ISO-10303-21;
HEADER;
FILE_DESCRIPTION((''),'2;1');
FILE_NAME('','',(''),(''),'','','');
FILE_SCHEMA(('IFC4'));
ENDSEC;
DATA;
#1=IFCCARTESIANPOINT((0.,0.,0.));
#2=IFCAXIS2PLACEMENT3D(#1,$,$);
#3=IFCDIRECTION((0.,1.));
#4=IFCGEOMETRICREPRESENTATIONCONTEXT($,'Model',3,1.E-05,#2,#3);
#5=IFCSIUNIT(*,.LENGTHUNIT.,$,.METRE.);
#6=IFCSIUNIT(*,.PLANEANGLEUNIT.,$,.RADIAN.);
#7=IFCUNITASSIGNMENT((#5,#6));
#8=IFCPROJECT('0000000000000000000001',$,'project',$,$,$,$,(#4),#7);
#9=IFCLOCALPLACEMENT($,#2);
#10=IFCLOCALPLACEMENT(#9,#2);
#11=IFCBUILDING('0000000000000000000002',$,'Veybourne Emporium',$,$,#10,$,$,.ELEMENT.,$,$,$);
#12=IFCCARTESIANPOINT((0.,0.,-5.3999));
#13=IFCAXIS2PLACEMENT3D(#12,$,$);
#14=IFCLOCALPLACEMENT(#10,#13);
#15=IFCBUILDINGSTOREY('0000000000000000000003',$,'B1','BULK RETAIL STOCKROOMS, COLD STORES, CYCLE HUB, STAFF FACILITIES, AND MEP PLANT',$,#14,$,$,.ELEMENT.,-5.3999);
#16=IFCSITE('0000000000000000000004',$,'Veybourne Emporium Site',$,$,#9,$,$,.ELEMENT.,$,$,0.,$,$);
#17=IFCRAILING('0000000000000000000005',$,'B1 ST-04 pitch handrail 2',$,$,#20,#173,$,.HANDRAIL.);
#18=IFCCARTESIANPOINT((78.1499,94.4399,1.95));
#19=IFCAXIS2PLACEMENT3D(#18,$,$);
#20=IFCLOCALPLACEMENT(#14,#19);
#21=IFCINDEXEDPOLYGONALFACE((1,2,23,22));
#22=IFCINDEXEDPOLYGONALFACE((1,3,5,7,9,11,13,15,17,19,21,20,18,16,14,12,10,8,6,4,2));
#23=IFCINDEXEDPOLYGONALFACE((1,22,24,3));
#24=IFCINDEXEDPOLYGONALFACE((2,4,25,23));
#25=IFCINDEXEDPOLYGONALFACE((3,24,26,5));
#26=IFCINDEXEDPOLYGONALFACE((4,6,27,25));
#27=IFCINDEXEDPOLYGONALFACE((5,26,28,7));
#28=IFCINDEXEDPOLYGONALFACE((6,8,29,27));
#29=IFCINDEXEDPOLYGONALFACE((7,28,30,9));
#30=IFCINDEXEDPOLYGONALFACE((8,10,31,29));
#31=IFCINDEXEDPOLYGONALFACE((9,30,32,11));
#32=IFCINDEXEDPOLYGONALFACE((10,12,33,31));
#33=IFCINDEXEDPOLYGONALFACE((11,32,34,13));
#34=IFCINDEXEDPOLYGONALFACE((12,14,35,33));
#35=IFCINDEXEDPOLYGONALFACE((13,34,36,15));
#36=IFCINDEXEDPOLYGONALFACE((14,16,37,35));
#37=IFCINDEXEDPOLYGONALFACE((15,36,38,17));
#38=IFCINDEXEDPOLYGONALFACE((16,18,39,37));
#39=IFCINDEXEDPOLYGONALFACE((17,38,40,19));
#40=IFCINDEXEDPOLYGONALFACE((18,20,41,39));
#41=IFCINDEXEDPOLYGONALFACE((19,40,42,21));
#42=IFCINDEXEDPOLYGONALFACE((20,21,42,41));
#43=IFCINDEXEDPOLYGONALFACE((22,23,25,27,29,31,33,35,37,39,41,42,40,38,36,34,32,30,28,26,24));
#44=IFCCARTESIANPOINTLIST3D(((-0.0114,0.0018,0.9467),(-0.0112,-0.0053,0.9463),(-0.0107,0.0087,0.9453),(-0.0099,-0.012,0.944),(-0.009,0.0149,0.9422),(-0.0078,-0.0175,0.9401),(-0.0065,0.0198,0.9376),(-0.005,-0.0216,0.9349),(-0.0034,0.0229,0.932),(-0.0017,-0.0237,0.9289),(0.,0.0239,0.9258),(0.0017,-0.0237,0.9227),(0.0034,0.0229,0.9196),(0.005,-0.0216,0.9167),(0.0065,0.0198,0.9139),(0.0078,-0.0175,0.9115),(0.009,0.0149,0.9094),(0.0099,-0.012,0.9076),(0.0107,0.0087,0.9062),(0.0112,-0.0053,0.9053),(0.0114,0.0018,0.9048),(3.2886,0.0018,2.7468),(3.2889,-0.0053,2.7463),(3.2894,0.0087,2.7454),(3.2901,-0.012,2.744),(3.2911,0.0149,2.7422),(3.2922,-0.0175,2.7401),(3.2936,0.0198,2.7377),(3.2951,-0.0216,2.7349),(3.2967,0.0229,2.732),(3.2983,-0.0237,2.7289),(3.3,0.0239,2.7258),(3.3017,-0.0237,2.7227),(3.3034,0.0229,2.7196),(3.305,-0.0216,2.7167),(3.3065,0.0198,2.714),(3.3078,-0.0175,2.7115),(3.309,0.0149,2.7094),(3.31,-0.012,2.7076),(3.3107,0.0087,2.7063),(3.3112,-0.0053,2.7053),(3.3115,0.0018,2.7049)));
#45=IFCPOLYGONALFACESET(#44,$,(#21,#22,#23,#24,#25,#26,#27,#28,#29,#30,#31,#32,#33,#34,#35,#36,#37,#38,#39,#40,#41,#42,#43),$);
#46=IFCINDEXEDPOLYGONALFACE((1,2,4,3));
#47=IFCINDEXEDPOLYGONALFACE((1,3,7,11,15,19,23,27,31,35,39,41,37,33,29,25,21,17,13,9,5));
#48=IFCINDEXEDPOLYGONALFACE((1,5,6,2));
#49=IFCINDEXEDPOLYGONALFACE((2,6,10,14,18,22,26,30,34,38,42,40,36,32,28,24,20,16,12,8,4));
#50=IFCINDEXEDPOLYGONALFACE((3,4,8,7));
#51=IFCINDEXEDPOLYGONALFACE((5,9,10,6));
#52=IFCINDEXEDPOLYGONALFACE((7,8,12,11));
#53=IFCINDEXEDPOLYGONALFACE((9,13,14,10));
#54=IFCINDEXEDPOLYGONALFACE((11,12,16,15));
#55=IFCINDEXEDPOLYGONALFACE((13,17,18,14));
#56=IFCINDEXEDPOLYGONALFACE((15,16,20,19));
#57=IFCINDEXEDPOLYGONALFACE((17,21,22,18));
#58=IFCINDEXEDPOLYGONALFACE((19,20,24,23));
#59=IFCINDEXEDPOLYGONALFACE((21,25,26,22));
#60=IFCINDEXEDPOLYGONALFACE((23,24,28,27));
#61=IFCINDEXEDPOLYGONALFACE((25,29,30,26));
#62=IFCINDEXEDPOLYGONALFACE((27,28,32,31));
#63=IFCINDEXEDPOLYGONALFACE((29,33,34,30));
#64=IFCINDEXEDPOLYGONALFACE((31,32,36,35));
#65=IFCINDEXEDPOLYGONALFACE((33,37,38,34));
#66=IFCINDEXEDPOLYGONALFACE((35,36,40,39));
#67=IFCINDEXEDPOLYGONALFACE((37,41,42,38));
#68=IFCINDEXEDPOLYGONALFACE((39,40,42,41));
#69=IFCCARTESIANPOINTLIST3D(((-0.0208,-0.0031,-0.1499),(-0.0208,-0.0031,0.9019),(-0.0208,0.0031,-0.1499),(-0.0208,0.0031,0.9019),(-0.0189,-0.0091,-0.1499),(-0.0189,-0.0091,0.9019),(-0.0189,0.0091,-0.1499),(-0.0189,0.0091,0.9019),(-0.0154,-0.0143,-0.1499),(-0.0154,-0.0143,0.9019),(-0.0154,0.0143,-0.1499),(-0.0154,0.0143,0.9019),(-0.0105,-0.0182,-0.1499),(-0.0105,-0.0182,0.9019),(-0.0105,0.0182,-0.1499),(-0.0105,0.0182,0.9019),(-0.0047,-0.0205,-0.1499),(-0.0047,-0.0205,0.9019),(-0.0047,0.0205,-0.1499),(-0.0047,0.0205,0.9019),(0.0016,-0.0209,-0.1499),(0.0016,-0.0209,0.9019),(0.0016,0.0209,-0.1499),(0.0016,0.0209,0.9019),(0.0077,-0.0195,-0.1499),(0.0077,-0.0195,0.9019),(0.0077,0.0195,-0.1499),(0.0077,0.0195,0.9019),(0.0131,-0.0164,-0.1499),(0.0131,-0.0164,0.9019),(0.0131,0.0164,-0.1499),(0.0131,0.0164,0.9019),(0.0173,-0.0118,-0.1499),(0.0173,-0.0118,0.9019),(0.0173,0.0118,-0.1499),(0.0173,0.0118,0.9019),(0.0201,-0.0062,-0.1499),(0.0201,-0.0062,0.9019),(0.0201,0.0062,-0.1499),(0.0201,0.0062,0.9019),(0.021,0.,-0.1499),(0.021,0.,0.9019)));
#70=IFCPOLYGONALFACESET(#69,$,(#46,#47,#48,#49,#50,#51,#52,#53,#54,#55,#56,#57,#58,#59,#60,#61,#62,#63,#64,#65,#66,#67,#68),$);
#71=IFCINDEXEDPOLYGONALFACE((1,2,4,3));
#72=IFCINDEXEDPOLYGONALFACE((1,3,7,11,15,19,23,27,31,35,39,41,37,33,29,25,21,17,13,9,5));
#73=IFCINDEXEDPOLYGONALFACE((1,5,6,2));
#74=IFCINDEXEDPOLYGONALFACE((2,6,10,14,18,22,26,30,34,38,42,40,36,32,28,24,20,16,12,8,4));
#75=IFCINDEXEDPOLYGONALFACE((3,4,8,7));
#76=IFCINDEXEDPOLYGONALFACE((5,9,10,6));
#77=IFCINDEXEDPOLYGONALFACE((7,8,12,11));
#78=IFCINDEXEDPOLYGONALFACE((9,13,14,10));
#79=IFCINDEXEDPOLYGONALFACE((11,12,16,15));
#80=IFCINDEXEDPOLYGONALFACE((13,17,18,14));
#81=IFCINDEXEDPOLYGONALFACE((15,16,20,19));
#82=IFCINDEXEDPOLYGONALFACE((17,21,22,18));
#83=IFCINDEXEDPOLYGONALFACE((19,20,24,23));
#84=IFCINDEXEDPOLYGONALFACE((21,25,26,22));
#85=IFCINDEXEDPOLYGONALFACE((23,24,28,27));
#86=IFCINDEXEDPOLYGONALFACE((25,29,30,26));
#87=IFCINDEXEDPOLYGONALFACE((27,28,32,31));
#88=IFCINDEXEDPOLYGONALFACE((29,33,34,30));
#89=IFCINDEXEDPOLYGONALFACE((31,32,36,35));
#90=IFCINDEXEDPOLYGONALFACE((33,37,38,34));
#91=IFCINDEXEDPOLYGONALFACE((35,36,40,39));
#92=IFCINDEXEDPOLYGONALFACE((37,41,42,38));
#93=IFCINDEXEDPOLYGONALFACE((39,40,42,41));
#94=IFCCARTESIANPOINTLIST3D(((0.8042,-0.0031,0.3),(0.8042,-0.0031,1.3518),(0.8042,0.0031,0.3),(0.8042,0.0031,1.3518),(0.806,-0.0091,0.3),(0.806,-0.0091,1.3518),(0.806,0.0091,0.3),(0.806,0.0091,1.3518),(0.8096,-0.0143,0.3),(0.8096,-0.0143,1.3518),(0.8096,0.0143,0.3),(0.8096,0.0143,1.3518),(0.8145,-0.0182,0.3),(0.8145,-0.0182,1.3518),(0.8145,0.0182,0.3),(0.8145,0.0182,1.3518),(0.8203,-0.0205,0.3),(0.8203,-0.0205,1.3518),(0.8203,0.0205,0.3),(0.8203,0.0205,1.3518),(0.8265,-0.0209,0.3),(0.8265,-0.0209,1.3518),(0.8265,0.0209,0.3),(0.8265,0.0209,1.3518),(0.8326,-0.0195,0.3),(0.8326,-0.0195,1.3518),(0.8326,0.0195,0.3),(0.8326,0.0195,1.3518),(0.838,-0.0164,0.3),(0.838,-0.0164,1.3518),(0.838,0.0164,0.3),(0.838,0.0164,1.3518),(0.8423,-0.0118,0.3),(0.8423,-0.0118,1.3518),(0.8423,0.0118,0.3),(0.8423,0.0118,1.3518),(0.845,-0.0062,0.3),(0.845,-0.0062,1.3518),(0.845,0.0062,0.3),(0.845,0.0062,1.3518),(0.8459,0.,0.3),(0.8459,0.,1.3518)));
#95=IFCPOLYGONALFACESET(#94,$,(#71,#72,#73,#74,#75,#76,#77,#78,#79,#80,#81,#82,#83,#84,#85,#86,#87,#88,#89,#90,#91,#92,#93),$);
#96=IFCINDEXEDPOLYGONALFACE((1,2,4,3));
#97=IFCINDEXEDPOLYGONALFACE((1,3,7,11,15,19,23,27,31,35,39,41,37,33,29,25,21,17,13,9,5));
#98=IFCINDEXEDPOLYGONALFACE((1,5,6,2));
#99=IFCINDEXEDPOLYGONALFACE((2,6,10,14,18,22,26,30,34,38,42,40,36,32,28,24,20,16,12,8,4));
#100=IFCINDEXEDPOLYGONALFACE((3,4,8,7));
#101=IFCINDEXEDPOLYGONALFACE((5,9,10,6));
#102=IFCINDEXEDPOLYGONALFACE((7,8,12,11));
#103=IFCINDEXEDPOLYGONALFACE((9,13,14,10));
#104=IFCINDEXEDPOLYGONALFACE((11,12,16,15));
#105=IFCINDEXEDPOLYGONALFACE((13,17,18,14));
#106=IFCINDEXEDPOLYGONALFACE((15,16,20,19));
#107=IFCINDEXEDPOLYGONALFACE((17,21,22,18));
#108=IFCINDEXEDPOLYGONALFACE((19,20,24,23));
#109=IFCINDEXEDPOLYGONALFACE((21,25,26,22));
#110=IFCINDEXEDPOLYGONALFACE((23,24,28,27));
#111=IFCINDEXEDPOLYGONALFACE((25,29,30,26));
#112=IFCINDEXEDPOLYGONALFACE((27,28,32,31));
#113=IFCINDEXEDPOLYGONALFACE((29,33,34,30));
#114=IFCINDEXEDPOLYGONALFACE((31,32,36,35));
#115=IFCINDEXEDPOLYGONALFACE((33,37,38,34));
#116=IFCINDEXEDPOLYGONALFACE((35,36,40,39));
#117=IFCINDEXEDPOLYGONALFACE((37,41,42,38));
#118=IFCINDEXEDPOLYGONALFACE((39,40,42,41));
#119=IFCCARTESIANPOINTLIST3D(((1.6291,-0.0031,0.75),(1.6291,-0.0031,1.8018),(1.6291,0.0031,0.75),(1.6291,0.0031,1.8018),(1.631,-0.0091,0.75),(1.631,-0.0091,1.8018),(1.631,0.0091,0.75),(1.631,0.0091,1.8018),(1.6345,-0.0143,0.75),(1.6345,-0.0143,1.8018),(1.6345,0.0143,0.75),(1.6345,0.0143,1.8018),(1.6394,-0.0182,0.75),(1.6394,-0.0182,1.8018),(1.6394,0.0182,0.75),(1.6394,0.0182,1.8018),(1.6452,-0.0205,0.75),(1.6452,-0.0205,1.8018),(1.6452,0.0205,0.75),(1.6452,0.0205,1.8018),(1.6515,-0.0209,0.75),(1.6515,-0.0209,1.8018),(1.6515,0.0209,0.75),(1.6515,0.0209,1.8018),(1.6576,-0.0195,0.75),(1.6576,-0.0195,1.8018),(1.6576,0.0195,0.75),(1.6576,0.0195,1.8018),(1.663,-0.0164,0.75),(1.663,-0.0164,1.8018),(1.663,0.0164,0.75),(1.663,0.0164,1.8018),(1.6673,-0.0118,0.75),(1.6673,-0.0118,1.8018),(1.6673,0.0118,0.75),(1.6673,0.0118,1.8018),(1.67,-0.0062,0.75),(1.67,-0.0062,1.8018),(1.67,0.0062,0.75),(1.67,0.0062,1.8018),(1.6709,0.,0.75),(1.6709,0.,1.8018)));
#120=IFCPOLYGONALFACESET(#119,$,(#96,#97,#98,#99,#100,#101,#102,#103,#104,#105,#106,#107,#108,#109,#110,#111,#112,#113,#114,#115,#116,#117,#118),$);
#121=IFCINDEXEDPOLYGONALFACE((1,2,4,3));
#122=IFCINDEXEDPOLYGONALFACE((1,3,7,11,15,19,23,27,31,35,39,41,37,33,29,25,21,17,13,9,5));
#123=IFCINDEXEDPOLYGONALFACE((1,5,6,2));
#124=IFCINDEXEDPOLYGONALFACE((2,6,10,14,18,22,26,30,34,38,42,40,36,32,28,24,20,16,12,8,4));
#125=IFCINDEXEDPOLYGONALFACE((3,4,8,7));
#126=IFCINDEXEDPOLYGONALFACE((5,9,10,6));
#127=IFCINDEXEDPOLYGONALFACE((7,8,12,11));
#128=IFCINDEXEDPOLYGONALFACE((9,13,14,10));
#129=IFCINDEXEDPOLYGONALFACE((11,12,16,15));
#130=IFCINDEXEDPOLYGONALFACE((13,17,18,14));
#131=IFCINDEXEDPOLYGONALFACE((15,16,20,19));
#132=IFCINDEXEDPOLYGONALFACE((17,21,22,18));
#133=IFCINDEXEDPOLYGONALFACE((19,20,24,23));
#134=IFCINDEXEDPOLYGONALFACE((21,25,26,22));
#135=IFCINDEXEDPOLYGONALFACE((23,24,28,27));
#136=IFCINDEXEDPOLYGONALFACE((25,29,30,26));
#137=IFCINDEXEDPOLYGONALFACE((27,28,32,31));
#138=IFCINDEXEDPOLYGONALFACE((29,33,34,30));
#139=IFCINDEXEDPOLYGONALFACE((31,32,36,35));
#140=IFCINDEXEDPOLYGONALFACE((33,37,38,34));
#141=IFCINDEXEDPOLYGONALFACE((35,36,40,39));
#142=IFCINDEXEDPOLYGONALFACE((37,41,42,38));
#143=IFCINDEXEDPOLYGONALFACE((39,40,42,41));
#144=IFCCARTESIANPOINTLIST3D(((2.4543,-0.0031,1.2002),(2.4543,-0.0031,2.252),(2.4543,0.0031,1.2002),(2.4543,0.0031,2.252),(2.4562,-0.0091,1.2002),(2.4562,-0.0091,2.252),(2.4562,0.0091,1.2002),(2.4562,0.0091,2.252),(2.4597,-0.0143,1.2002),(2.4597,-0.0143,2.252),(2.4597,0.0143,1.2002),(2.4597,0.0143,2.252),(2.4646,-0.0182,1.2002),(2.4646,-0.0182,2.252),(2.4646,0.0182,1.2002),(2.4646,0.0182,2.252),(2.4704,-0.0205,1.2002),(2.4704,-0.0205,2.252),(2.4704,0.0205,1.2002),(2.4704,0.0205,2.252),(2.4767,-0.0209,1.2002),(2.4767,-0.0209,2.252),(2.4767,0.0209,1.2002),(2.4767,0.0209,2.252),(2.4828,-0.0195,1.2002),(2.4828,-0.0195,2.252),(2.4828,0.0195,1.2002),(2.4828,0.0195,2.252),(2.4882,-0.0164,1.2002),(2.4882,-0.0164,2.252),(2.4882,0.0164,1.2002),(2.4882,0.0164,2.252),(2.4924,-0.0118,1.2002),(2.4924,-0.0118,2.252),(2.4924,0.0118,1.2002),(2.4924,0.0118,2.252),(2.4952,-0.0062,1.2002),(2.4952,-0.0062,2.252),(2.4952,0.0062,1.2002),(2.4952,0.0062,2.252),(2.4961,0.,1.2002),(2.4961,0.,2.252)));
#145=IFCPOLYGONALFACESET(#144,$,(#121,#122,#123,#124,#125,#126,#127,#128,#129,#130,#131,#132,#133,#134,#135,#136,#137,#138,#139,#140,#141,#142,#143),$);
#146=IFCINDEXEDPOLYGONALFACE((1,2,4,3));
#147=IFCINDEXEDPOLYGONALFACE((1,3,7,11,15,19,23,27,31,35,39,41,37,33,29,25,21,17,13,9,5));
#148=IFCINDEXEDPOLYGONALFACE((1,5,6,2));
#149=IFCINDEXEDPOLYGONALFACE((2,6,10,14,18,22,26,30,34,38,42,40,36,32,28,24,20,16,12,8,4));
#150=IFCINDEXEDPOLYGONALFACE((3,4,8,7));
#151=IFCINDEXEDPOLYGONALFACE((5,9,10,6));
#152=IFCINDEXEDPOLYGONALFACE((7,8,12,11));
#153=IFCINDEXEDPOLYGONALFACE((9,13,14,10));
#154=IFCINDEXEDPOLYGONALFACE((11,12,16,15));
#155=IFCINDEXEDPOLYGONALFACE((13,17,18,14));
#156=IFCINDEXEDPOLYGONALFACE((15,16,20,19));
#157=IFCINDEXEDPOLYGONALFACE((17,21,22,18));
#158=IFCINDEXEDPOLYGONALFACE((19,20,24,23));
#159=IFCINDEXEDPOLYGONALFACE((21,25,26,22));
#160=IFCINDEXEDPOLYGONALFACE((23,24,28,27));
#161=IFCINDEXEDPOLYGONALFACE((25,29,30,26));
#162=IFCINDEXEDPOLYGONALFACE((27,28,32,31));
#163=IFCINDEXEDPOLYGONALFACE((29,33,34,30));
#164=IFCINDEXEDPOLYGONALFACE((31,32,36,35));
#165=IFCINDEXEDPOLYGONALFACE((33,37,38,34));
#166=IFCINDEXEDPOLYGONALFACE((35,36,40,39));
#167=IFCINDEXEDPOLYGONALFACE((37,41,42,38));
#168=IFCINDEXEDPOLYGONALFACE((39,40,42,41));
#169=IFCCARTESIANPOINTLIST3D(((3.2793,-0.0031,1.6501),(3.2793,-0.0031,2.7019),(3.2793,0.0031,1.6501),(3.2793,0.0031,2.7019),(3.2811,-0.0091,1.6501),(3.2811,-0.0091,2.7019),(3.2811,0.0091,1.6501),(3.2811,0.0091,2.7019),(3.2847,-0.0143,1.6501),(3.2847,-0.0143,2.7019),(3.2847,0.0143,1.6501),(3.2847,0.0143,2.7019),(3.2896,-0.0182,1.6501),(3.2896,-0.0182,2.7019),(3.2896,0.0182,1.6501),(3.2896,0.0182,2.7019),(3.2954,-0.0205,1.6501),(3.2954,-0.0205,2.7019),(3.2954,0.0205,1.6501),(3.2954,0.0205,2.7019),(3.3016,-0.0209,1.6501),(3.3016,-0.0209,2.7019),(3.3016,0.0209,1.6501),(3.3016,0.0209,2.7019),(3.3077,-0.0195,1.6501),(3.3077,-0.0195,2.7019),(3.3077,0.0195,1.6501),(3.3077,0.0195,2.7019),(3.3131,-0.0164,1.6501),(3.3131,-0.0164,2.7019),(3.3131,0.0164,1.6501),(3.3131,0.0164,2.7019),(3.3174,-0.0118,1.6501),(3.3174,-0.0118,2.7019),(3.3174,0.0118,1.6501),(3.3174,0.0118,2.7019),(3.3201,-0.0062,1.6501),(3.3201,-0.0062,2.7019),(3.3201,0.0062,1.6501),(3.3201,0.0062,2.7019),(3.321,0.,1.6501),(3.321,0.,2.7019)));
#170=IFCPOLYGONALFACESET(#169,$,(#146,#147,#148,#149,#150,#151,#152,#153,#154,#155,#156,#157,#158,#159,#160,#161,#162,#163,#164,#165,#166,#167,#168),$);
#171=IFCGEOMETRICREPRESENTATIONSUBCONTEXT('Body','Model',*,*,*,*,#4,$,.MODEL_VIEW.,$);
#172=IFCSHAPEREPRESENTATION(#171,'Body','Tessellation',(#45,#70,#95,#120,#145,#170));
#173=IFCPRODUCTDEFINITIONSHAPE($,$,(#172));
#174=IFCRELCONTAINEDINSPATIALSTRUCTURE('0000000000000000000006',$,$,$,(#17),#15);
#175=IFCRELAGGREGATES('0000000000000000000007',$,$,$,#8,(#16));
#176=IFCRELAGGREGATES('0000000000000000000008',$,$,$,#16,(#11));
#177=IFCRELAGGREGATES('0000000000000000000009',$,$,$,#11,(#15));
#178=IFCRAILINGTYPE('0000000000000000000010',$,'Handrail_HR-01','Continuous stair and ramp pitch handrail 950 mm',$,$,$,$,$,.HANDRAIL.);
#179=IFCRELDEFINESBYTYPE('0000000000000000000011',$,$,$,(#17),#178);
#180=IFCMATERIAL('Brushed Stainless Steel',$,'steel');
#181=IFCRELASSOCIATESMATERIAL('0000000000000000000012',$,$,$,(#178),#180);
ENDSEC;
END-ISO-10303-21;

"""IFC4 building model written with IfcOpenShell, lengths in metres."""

from ifc_helpers import new_model, si_unit, direction, frame, origin, origin_2d, place, context, subcontext, project, spatial, circle, extrude, material, type_object, element, save


model = new_model("IFC4")

# Units and contexts
model_context = context("Model", 3, precision=1e-05, world=origin(), true_north=direction((0.0, 1.0)))
body_context = subcontext(model_context, "Body", "Model", "MODEL_VIEW")
ifc_project = project(units=[si_unit("LENGTHUNIT", "METRE"), si_unit("PLANEANGLEUNIT", "RADIAN")], contexts=[model_context])

# Site, building, storey
site_placement = place(None, origin())
site = spatial("IfcSite", under=ifc_project, at=site_placement, Name="Veybourne Emporium Site", CompositionType="ELEMENT", RefElevation=0.0)
building_placement = place(site_placement, origin())
building = spatial("IfcBuilding", under=site, at=building_placement, Name="Veybourne Emporium", CompositionType="ELEMENT")
storey_placement = place(building_placement, frame((0.0, 0.0, -5.3999)))
storey = spatial("IfcBuildingStorey", under=building, at=storey_placement, Name="B1", Description="BULK RETAIL STOCKROOMS, COLD STORES, CYCLE HUB, STAFF FACILITIES, AND MEP PLANT", CompositionType="ELEMENT", Elevation=-5.3999)

# Railing
ifc_material_1 = material(Name="Brushed Stainless Steel", Category="steel")
railing_type_1 = type_object("IfcRailingType", Name="Handrail_HR-01", Description="Continuous stair and ramp pitch handrail 950 mm", PredefinedType="HANDRAIL", material=ifc_material_1)
railing_1_placement = place(storey_placement, frame((78.1499, 94.4399, 1.95)))
element("IfcRailing", 1, at=railing_1_placement, inside=storey, type_object=railing_type_1, Name="B1 ST-04 pitch handrail 2", PredefinedType="HANDRAIL", context=body_context, shape_type="SweptSolid", body=[
    extrude(circle(Radius=0.0239, at=origin_2d()), frame((0.0, 0.0, 0.9258), z_axis=(0.877893, 0.0, 0.478857), x_axis=(0.0, 1.0, 0.0)), (0.0, 0.0, 1.0), 3.759),
    extrude(circle(Radius=0.021, at=origin_2d()), frame((0.0, 0.0, -0.1499)), (0.0, 0.0, 1.0), 1.0518),
    extrude(circle(Radius=0.021, at=origin_2d()), frame((0.825, 0.0, 0.3)), (0.0, 0.0, 1.0), 1.0518),
    extrude(circle(Radius=0.021, at=origin_2d()), frame((1.6499, 0.0, 0.75)), (0.0, 0.0, 1.0), 1.0518),
    extrude(circle(Radius=0.021, at=origin_2d()), frame((2.4751, 0.0, 1.2002)), (0.0, 0.0, 1.0), 1.0518),
    extrude(circle(Radius=0.021, at=origin_2d()), frame((3.3, 0.0, 1.6501)), (0.0, 0.0, 1.0), 1.0518),
])

save(model, "model.ifc")
